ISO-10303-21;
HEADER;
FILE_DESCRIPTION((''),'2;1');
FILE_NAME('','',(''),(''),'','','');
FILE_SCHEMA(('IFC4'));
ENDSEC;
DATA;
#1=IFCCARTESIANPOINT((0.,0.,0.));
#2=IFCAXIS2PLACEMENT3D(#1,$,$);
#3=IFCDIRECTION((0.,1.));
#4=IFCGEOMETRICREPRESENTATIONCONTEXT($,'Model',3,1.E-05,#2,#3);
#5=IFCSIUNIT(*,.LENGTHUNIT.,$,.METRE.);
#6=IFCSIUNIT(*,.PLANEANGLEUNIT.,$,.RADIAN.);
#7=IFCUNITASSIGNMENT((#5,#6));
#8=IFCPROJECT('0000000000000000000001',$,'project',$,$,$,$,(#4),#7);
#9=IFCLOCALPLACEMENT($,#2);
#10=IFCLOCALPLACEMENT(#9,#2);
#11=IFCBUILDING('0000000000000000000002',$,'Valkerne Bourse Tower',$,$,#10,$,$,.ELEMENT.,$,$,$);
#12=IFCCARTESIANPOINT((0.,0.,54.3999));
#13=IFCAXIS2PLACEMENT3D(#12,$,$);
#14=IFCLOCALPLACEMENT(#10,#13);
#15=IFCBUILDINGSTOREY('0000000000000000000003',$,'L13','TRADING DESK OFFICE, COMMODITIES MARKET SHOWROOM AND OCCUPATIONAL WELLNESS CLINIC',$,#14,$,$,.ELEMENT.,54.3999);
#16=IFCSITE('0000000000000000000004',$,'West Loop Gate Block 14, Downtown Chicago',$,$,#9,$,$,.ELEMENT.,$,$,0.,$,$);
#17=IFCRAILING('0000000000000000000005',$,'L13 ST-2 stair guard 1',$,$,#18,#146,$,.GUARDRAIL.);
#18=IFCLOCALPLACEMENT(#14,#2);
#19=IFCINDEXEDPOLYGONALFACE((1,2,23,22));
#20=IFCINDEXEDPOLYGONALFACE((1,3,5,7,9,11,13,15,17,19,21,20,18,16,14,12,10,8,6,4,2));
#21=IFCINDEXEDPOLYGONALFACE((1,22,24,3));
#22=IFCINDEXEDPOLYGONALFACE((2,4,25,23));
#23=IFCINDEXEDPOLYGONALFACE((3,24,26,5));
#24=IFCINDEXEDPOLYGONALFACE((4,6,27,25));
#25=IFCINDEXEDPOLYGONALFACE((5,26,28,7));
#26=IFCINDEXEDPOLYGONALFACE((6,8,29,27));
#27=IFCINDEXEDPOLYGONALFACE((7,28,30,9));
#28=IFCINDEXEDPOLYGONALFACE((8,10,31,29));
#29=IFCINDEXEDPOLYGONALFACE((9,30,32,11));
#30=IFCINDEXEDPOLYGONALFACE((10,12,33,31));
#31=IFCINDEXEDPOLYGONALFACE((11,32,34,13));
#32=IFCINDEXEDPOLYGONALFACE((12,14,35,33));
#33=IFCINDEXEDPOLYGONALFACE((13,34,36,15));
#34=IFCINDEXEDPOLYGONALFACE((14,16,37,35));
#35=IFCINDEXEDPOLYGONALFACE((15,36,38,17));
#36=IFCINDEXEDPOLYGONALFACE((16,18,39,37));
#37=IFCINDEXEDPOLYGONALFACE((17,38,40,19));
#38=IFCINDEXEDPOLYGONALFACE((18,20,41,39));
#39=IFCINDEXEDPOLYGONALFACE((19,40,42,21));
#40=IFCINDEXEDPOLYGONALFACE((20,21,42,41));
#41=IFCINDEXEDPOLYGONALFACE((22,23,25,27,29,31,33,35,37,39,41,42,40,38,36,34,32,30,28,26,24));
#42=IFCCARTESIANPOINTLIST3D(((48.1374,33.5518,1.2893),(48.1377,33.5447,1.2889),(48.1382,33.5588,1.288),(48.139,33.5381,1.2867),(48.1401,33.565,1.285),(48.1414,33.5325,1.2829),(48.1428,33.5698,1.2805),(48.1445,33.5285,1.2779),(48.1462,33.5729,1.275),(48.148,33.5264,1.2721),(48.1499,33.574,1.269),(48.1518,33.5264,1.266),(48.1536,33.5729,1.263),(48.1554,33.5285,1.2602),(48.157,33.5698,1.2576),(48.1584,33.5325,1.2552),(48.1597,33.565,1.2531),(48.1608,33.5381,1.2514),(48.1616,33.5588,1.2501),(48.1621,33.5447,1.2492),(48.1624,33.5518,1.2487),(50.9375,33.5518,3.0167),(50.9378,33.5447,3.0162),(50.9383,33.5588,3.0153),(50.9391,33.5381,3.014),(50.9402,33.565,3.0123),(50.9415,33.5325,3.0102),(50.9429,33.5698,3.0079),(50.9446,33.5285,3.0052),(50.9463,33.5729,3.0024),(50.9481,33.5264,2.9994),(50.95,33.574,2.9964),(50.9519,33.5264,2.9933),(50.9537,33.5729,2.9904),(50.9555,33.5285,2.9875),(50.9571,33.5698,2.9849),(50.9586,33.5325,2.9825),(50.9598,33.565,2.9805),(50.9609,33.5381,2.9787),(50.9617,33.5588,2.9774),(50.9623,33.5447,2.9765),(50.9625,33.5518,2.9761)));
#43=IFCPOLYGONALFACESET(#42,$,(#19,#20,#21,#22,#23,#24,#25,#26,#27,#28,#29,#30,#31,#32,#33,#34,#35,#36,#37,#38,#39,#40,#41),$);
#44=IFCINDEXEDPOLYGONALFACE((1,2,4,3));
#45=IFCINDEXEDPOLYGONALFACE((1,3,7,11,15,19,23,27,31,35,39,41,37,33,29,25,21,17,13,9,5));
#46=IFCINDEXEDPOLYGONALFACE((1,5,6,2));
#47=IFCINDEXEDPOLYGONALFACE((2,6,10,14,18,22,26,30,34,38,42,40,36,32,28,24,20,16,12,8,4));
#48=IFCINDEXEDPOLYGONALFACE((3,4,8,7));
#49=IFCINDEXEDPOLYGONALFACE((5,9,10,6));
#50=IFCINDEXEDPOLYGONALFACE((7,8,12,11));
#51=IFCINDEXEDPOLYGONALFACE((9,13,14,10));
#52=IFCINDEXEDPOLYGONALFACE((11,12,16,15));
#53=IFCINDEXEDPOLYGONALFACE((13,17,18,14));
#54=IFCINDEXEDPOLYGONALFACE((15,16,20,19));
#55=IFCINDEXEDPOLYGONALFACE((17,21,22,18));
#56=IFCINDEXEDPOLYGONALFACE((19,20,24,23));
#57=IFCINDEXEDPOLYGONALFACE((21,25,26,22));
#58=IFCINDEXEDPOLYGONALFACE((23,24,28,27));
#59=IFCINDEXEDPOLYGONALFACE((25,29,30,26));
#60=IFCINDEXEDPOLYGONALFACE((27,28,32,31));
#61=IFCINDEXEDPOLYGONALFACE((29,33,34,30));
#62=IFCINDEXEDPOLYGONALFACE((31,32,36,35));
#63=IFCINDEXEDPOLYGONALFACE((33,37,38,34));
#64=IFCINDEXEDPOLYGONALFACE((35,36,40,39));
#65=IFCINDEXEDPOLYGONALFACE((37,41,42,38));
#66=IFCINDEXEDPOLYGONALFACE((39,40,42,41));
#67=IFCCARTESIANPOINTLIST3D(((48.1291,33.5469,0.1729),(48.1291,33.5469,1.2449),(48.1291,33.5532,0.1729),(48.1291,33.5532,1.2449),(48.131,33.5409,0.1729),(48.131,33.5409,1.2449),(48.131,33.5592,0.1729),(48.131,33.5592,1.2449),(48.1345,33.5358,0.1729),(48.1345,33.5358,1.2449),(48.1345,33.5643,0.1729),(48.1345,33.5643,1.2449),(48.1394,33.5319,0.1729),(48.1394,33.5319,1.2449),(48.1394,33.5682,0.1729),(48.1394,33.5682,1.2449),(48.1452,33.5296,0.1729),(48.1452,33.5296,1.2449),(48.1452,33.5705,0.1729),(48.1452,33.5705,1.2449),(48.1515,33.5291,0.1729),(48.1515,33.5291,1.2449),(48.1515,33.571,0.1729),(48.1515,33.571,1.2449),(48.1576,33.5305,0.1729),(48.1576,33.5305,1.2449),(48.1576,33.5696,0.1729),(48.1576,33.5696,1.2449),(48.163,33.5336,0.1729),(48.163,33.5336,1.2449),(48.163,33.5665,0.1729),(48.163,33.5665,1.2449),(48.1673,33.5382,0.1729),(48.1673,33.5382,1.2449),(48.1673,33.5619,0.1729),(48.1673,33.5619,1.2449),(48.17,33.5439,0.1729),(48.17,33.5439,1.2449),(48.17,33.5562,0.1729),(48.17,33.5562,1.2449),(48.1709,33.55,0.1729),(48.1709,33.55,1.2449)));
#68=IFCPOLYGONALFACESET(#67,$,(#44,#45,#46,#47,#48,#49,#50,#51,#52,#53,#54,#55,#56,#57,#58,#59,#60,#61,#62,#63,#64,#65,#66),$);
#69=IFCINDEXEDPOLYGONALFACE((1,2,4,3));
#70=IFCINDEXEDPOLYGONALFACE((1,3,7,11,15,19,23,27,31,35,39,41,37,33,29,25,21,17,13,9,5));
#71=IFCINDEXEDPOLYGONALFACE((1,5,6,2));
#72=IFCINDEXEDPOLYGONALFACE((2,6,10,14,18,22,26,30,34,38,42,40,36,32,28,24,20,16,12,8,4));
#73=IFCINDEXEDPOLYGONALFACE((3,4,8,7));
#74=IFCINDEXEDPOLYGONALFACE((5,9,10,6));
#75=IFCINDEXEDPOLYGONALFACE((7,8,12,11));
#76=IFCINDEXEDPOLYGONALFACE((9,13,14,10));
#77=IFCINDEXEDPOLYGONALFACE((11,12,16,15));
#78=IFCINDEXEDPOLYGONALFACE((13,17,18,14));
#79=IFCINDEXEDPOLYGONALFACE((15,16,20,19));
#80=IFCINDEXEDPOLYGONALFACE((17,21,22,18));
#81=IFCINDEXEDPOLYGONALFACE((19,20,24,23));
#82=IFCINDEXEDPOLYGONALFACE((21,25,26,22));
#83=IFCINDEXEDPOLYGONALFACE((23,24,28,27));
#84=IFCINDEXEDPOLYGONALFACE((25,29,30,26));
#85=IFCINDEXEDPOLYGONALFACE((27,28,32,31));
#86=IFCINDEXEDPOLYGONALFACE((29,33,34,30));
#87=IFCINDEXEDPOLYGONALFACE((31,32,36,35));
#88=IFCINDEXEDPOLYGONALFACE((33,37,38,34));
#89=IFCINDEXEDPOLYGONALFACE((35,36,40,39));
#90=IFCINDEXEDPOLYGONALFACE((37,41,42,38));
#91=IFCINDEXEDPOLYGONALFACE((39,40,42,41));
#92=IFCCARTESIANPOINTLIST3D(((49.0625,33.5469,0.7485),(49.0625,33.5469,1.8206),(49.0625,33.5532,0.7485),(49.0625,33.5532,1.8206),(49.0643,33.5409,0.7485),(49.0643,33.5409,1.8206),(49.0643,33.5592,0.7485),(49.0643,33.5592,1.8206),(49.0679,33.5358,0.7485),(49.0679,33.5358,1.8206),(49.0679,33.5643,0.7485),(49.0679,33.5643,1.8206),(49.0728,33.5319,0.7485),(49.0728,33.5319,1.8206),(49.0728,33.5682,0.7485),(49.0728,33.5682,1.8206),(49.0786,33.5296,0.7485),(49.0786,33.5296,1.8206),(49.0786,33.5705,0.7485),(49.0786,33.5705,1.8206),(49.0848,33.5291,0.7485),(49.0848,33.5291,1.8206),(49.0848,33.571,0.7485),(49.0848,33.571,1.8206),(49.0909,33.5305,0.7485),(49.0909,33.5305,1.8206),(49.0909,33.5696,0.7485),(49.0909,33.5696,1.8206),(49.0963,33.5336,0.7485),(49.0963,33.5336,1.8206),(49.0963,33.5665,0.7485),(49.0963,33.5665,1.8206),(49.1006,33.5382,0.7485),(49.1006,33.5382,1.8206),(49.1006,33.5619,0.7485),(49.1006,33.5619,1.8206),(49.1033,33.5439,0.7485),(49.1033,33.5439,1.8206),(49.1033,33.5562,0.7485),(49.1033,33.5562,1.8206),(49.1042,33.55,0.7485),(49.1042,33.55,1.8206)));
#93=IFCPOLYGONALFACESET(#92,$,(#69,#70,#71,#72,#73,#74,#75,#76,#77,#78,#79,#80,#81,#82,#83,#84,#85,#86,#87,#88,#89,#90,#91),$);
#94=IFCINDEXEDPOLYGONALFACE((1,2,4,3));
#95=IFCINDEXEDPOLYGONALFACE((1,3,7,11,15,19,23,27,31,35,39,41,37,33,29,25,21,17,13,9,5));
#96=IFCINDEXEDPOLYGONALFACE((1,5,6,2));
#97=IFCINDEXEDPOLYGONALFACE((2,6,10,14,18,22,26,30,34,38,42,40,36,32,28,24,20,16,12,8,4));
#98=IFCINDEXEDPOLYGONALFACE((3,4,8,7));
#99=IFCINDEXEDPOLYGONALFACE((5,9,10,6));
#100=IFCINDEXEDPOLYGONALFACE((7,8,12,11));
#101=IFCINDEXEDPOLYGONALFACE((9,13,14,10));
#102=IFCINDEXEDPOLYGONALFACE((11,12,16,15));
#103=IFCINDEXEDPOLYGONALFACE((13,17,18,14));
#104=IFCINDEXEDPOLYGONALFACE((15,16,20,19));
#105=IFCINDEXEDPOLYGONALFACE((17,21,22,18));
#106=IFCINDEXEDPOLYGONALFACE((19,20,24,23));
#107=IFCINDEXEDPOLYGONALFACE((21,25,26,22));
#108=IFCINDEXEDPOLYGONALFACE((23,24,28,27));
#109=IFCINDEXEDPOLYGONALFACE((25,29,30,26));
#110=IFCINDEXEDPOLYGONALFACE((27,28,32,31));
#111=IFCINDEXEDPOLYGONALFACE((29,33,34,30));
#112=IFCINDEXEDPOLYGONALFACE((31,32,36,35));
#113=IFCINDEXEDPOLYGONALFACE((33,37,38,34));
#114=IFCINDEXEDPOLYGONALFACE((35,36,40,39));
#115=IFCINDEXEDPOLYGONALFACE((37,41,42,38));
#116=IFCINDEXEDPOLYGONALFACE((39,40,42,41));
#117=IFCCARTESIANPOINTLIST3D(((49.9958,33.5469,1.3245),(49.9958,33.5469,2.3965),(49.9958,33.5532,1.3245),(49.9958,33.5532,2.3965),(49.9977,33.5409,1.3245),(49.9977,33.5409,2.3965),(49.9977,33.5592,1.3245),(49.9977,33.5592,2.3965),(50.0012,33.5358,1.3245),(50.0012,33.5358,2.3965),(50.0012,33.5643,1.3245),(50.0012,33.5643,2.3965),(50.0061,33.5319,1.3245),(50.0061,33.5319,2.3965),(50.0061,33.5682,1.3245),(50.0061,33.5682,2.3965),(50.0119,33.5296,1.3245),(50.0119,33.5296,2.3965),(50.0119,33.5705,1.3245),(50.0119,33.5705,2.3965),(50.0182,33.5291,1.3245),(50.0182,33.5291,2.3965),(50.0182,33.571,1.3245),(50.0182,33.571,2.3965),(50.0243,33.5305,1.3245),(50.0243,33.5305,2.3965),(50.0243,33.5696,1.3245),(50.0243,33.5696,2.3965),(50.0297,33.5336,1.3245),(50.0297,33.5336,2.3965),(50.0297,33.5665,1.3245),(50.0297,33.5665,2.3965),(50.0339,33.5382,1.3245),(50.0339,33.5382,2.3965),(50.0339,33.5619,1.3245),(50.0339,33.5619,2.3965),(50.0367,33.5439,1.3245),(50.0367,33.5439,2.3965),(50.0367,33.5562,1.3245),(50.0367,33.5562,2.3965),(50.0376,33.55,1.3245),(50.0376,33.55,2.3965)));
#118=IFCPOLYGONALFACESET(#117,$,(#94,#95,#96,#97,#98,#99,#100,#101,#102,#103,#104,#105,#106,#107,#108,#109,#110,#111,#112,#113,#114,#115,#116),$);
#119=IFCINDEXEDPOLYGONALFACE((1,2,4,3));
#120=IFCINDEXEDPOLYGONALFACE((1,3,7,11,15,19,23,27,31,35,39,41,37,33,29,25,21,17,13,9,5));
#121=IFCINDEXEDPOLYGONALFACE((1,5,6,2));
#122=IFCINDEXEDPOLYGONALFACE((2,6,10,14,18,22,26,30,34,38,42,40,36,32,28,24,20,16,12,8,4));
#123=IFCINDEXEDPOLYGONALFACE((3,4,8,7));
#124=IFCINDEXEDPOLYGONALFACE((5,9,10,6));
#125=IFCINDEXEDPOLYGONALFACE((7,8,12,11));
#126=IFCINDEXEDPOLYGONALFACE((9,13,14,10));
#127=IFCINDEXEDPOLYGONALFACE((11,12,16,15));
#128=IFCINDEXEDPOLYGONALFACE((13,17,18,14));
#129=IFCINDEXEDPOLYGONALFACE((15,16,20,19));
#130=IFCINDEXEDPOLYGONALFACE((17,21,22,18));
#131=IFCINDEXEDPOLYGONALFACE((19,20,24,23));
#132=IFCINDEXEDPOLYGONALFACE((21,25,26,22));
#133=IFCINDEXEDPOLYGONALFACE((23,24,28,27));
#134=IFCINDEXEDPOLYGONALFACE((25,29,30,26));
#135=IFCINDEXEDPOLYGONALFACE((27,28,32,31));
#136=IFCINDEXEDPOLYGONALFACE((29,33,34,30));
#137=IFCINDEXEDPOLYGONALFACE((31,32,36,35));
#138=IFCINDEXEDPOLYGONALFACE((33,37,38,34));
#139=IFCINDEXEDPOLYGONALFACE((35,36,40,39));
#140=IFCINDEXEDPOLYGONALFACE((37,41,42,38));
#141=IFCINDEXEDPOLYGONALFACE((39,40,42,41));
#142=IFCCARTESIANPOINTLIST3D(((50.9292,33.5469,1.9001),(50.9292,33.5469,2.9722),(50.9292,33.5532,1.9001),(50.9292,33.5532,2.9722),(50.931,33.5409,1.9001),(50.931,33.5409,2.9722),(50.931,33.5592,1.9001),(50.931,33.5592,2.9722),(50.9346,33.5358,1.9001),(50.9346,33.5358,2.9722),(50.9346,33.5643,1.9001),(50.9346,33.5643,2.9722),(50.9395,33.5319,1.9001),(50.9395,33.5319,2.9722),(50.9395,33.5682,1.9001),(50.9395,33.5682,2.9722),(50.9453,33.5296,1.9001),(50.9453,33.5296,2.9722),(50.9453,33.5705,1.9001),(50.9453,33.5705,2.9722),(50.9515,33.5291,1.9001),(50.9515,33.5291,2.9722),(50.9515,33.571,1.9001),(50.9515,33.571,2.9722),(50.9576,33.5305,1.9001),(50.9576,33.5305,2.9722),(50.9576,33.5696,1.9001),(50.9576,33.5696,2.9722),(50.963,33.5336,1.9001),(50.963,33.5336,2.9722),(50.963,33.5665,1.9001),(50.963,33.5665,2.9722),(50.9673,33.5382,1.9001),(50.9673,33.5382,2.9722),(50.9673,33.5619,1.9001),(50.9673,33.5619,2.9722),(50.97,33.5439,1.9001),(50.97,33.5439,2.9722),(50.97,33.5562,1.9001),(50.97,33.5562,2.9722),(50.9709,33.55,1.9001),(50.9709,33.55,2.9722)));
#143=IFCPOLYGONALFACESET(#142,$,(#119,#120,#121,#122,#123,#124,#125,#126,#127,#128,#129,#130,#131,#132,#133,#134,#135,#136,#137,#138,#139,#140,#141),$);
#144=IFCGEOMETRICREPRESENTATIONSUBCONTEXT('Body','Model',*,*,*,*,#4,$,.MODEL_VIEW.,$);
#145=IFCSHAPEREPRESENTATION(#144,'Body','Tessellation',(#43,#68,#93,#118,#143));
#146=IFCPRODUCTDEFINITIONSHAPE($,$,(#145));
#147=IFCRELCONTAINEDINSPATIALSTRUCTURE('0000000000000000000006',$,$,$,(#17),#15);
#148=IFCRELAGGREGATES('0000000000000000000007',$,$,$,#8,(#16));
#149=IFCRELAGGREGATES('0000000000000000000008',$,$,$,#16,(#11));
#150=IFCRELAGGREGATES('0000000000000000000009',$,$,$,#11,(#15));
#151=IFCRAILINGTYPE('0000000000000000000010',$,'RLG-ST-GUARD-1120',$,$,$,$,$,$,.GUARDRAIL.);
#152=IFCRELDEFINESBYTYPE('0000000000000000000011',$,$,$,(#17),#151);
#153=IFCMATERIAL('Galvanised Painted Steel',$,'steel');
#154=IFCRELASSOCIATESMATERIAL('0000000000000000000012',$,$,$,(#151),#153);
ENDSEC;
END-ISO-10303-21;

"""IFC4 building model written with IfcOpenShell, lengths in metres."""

from ifc_helpers import new_model, si_unit, direction, frame, origin, origin_2d, place, context, subcontext, project, spatial, circle, extrude, material, type_object, element, save


model = new_model("IFC4")

# Units and contexts
model_context = context("Model", 3, precision=1e-05, world=origin(), true_north=direction((0.0, 1.0)))
body_context = subcontext(model_context, "Body", "Model", "MODEL_VIEW")
ifc_project = project(units=[si_unit("LENGTHUNIT", "METRE"), si_unit("PLANEANGLEUNIT", "RADIAN")], contexts=[model_context])

# Site, building, storey
site_placement = place(None, origin())
site = spatial("IfcSite", under=ifc_project, at=site_placement, Name="West Loop Gate Block 14, Downtown Chicago", CompositionType="ELEMENT", RefElevation=0.0)
building_placement = place(site_placement, origin())
building = spatial("IfcBuilding", under=site, at=building_placement, Name="Valkerne Bourse Tower", CompositionType="ELEMENT")
storey_placement = place(building_placement, frame((0.0, 0.0, 54.3999)))
storey = spatial("IfcBuildingStorey", under=building, at=storey_placement, Name="L13", Description="TRADING DESK OFFICE, COMMODITIES MARKET SHOWROOM AND OCCUPATIONAL WELLNESS CLINIC", CompositionType="ELEMENT", Elevation=54.3999)

# Shared definitions
ifc_material_1 = material(Name="Galvanised Painted Steel", Category="steel")

# Railing
railing_type_1 = type_object("IfcRailingType", Name="RLG-ST-GUARD-1120", PredefinedType="GUARDRAIL", material=ifc_material_1)
railing_1_placement = place(storey_placement, frame((48.1499, 33.55, 0.1729)))
element("IfcRailing", 1, at=railing_1_placement, inside=storey, type_object=railing_type_1, Name="L13 ST-2 stair guard 1", PredefinedType="GUARDRAIL", context=body_context, shape_type="SweptSolid", body=[
    extrude(circle(Radius=0.0239, at=origin_2d()), frame((0.0, 0.0, 1.0962), z_axis=(0.85109, 0.0, 0.52502), x_axis=(0.0, 1.0, 0.0)), (0.0, 0.0, 1.0), 3.29),
    extrude(circle(Radius=0.021, at=origin_2d()), origin(), (0.0, 0.0, 1.0), 1.072),
    extrude(circle(Radius=0.021, at=origin_2d()), frame((0.9333, 0.0, 0.5757)), (0.0, 0.0, 1.0), 1.072),
    extrude(circle(Radius=0.021, at=origin_2d()), frame((1.8667, 0.0, 1.1516)), (0.0, 0.0, 1.0), 1.072),
    extrude(circle(Radius=0.021, at=origin_2d()), frame((2.8, 0.0, 1.7273)), (0.0, 0.0, 1.0), 1.072),
])

save(model, "model.ifc")
